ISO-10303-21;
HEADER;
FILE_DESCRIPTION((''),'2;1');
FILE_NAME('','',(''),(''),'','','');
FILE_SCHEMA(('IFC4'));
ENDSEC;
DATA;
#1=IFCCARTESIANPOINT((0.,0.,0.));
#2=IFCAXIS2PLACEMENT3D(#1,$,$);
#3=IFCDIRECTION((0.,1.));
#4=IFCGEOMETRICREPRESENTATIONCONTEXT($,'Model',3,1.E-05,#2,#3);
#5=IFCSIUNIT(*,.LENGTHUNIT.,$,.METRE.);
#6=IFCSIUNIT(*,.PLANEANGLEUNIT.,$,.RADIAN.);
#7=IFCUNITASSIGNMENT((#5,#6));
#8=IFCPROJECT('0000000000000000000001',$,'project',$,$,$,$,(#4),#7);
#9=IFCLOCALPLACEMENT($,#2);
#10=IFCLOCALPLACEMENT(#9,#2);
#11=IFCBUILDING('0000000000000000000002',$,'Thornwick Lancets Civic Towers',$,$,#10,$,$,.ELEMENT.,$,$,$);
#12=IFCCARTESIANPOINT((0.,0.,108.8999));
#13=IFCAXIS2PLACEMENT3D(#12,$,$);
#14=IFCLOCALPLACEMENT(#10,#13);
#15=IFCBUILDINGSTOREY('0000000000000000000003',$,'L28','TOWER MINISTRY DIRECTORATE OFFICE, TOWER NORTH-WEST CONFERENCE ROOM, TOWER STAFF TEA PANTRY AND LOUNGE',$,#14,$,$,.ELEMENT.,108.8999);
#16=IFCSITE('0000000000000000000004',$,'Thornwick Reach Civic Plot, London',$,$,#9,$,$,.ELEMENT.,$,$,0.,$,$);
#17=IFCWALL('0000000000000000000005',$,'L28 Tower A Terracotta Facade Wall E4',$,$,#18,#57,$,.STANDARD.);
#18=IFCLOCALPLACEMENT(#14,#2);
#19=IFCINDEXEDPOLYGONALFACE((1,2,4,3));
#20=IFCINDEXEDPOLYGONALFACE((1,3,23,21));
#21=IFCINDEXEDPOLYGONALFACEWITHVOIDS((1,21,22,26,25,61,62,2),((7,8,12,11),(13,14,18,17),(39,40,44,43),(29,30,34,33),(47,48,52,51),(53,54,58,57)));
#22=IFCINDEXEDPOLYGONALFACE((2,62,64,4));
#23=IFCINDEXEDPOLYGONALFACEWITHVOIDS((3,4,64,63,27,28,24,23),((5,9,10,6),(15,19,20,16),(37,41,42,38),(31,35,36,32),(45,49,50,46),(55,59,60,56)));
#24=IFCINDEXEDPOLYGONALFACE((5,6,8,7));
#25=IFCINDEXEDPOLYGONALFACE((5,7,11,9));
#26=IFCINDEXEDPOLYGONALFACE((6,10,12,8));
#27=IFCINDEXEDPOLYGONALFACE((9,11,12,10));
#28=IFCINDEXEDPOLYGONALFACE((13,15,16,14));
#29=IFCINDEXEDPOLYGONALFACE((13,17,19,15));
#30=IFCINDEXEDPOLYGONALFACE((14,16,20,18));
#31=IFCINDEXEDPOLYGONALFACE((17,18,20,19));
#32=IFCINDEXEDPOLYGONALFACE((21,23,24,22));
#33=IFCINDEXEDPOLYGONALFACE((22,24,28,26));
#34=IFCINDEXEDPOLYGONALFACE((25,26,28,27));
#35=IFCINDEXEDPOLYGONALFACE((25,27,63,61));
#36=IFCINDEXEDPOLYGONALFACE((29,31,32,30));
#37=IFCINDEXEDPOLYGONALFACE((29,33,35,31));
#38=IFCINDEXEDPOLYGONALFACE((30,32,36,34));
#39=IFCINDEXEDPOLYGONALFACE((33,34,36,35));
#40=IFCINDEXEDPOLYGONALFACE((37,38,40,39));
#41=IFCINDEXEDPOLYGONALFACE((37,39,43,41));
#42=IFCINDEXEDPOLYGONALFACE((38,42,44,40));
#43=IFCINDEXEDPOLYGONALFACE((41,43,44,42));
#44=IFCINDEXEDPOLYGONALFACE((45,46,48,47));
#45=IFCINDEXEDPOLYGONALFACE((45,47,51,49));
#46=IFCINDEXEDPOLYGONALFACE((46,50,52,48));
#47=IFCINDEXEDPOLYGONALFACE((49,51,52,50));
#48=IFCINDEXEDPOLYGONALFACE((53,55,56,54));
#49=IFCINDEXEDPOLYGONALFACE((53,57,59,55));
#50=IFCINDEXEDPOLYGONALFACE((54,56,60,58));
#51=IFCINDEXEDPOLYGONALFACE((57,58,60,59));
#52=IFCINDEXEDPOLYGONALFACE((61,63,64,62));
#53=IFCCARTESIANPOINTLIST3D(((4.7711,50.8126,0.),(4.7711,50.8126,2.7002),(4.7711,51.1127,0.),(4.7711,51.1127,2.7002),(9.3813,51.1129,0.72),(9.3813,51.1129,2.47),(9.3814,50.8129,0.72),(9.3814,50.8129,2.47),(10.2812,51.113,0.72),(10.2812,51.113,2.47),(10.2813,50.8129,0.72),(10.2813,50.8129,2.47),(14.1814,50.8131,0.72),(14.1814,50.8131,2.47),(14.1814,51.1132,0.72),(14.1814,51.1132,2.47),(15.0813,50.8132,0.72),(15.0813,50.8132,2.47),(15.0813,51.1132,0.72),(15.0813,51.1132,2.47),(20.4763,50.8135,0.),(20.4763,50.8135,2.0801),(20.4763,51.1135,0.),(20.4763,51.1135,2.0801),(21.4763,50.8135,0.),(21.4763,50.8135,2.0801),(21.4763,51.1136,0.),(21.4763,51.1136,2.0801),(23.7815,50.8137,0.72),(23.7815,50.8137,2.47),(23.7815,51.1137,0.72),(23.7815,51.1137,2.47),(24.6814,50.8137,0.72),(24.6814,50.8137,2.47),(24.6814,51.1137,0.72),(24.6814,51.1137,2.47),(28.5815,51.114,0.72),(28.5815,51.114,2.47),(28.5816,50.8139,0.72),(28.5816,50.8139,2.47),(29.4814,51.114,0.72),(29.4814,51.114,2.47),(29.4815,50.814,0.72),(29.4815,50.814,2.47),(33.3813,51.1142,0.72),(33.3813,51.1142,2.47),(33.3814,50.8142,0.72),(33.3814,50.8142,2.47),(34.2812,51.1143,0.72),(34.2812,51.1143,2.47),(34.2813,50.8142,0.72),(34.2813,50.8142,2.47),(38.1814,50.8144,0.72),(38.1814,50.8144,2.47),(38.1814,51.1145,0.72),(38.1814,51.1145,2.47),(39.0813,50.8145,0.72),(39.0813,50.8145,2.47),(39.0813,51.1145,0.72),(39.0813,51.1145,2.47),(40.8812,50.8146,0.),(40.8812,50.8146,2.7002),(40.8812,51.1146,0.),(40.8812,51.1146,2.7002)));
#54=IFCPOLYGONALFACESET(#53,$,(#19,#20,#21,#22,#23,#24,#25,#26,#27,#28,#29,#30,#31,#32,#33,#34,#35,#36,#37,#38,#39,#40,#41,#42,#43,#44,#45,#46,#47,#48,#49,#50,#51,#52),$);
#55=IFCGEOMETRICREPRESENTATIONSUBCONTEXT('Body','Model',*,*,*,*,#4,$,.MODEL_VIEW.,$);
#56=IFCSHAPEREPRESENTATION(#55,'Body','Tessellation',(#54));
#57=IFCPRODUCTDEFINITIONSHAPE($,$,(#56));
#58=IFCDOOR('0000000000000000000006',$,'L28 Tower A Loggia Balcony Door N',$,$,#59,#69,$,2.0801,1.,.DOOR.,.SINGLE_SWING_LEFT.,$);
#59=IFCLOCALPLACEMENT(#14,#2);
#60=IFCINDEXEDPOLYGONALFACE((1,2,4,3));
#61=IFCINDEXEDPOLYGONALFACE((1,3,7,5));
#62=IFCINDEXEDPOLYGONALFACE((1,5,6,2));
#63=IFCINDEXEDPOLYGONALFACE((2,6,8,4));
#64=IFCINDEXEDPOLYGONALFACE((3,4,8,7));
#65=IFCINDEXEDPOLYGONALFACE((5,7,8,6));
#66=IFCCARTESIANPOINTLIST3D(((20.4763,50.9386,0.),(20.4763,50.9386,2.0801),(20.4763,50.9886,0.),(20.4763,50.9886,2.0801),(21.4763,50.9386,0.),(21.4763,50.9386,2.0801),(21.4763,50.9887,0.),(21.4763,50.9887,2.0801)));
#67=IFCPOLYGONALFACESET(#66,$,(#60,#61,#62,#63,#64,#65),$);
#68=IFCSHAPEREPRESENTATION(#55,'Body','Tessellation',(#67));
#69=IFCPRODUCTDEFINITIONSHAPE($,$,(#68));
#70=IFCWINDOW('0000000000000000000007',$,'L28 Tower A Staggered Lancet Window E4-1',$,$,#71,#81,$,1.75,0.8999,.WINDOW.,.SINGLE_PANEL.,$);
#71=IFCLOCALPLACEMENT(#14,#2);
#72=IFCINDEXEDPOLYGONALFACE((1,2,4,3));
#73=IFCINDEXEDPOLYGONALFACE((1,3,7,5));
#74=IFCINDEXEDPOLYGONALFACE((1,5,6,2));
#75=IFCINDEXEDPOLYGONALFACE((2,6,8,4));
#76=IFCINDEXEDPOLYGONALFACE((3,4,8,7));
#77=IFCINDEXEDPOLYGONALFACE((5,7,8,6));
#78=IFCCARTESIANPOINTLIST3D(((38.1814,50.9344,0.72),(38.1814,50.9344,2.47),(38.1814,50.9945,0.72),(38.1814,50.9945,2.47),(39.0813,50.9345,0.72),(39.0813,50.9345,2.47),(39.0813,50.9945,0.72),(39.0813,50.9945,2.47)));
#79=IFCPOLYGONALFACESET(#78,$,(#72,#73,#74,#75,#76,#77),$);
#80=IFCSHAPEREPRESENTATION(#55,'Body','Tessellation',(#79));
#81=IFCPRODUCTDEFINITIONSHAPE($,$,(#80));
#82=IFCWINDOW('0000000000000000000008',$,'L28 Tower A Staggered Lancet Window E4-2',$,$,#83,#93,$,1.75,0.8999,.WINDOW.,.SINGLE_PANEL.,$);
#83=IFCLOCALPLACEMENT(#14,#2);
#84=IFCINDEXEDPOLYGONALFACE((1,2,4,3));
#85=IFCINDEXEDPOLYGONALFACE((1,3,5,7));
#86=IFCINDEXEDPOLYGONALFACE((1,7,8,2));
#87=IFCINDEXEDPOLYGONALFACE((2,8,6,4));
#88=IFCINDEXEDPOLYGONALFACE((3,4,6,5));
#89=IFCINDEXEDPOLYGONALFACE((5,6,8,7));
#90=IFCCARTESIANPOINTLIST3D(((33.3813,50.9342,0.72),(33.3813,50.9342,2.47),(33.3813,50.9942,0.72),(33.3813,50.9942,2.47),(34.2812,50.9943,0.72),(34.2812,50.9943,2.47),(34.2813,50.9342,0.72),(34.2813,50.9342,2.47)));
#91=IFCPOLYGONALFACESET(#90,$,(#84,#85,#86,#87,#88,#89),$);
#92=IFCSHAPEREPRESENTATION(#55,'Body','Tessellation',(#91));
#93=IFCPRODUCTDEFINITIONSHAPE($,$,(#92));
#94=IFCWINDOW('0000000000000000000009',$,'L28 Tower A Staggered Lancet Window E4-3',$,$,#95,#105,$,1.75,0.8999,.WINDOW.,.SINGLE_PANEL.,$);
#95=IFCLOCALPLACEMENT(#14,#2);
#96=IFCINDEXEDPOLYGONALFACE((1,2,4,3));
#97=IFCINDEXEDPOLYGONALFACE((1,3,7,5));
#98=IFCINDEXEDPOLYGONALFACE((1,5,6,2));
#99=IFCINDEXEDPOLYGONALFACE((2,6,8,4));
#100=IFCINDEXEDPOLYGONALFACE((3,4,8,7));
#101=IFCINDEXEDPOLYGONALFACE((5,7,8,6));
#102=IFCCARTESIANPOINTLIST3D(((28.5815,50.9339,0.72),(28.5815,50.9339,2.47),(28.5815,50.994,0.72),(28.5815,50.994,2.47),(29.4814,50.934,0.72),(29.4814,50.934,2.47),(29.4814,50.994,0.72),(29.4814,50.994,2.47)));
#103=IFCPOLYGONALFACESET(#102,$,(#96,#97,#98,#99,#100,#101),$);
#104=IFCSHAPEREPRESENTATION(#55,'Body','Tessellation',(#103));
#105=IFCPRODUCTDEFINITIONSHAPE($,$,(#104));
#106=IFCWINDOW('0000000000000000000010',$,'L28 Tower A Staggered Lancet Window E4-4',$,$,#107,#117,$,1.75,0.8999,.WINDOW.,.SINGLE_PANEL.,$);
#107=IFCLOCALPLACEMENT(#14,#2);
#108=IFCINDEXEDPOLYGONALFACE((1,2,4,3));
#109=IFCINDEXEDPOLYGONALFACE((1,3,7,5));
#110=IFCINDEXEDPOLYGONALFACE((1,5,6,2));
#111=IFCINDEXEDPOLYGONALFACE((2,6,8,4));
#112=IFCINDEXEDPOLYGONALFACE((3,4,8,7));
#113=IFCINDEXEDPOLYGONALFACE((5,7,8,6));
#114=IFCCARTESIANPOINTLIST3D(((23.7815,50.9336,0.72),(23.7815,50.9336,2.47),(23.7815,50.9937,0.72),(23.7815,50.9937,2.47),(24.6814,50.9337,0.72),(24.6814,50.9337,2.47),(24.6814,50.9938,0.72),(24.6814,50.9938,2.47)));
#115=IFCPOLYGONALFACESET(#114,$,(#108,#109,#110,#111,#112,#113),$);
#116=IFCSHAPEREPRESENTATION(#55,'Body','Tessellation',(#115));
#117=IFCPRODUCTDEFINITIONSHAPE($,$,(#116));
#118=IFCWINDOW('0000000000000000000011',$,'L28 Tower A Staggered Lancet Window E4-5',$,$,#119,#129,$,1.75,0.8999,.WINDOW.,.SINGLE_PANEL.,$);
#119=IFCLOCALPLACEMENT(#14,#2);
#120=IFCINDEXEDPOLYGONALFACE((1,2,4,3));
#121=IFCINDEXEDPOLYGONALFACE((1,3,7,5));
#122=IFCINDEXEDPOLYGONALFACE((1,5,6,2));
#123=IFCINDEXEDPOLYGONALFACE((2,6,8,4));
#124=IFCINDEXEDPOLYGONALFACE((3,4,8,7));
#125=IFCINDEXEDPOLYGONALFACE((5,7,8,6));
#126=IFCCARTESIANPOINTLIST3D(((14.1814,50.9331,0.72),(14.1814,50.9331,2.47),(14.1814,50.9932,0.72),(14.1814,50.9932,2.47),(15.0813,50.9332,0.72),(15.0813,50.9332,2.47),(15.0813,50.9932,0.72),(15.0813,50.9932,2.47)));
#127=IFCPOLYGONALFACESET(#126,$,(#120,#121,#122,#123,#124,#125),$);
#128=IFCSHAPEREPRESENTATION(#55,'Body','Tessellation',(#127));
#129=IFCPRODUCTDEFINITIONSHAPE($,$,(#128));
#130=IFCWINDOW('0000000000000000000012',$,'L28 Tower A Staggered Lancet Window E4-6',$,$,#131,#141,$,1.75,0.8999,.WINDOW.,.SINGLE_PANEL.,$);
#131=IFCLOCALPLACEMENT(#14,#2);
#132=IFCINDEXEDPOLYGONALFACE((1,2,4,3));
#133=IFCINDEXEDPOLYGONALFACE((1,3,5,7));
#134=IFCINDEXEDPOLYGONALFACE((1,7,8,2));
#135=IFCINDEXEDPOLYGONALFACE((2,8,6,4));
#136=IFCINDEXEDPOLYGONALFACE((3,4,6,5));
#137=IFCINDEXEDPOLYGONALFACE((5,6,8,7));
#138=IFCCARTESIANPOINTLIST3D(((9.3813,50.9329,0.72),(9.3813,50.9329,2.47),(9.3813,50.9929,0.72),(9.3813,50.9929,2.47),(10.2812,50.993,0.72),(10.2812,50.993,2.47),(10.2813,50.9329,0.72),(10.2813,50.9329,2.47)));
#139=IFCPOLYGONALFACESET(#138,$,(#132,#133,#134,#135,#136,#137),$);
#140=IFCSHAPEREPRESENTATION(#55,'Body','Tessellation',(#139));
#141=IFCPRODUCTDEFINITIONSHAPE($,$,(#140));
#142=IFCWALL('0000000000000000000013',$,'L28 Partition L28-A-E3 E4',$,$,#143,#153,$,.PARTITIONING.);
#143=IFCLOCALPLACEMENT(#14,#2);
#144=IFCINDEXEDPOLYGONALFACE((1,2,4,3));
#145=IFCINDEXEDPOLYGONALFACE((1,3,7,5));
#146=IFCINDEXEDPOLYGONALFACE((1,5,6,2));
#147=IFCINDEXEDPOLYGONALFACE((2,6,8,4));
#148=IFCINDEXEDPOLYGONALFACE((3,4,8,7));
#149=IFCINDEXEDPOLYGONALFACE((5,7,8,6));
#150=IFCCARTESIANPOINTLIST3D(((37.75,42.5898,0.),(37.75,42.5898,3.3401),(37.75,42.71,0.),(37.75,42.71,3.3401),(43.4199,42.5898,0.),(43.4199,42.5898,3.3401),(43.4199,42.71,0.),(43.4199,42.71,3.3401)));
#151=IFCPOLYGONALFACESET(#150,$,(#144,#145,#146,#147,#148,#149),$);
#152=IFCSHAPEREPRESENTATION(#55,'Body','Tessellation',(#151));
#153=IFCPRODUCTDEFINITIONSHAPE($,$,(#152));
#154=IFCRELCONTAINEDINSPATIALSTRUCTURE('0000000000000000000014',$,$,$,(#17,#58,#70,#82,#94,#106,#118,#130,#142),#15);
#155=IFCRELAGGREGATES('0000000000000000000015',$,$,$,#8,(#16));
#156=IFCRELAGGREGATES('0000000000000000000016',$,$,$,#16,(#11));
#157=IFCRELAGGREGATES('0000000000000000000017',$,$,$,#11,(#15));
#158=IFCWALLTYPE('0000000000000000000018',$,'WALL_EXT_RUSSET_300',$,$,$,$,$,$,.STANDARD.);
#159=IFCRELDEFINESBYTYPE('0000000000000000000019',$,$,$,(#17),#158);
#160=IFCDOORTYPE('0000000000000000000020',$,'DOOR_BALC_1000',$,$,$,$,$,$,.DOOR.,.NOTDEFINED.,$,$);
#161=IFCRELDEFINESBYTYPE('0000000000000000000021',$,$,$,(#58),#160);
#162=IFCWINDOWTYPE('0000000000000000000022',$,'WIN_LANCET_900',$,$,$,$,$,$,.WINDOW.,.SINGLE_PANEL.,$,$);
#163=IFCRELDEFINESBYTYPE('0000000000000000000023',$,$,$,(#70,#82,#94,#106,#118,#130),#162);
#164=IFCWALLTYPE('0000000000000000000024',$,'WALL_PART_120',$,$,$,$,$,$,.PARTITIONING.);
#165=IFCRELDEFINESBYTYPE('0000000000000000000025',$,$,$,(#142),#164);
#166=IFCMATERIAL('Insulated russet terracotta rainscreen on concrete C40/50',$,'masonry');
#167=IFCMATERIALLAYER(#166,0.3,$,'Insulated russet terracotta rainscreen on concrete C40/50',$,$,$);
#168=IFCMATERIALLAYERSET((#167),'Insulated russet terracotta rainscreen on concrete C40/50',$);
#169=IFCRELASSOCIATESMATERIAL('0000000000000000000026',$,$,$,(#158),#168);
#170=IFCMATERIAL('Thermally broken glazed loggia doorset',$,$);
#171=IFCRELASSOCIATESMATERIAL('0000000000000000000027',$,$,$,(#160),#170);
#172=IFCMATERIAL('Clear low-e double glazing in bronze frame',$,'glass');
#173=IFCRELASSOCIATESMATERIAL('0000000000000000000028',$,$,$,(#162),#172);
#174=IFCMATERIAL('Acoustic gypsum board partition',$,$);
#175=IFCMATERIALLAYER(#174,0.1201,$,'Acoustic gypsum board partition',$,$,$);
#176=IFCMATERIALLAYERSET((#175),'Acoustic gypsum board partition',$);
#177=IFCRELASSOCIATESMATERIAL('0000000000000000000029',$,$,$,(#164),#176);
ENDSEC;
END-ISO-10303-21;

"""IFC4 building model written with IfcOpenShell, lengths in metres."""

from ifc_helpers import new_model, si_unit, direction, frame, frame_2d, origin, place, context, subcontext, project, spatial, rectangle, extrude, material, layer, layer_set, type_object, element, fill, save


model = new_model("IFC4")

# Units and contexts
model_context = context("Model", 3, precision=1e-05, world=origin(), true_north=direction((0.0, 1.0)))
body_context = subcontext(model_context, "Body", "Model", "MODEL_VIEW")
ifc_project = project(units=[si_unit("LENGTHUNIT", "METRE"), si_unit("PLANEANGLEUNIT", "RADIAN")], contexts=[model_context])

# Site, building, storey
site_placement = place(None, origin())
site = spatial("IfcSite", under=ifc_project, at=site_placement, Name="Thornwick Reach Civic Plot, London", CompositionType="ELEMENT", RefElevation=0.0)
building_placement = place(site_placement, origin())
building = spatial("IfcBuilding", under=site, at=building_placement, Name="Thornwick Lancets Civic Towers", CompositionType="ELEMENT")
storey_placement = place(building_placement, frame((0.0, 0.0, 108.8999)))
storey = spatial("IfcBuildingStorey", under=building, at=storey_placement, Name="L28", Description="TOWER MINISTRY DIRECTORATE OFFICE, TOWER NORTH-WEST CONFERENCE ROOM, TOWER STAFF TEA PANTRY AND LOUNGE", CompositionType="ELEMENT", Elevation=108.8999)

# Wall, openings, door, windows
ifc_material_1 = material(Name="Insulated russet terracotta rainscreen on concrete C40/50", Category="masonry")
ifc_layer_1 = layer(ifc_material_1, 0.3, Name="Insulated russet terracotta rainscreen on concrete C40/50")
ifc_layer_set_1 = layer_set([ifc_layer_1], Name="Insulated russet terracotta rainscreen on concrete C40/50")
wall_type_1 = type_object("IfcWallType", Name="WALL_EXT_RUSSET_300", PredefinedType="STANDARD", material=ifc_layer_set_1)
wall_1_placement = place(storey_placement, frame((40.8813, 50.9646, 0.0), z_axis=(0.0, 0.0, 1.0), x_axis=(-1.0, -0.000054, 0.0)))
wall_1 = element("IfcWall", 1, at=wall_1_placement, inside=storey, type_object=wall_type_1, Name="L28 Tower A Terracotta Facade Wall E4", PredefinedType="STANDARD", context=body_context, shape_type="SweptSolid", body=[
    extrude(rectangle(XDim=36.1101, YDim=0.3, at=frame_2d((18.0552, 0.0))), origin(), (0.0, 0.0, 1.0), 2.7002),
])
opening_1_placement = place(wall_1_placement, frame((19.405, 0.0, 0.0)))
opening_1 = element("IfcOpeningElement", 2, at=opening_1_placement, cuts=wall_1, PredefinedType="OPENING", context=body_context, shape_type="SweptSolid", body=[
    extrude(rectangle(XDim=1.0, YDim=2.0801, at=frame_2d((0.5, 1.04))), frame((0.0, 0.1602, 0.0), z_axis=(0.0, -1.0, 0.0), x_axis=(1.0, 0.0, 0.0)), (0.0, 0.0, 1.0), 0.3201),
])
opening_2_placement = place(wall_1_placement, frame((1.8, 0.0, 0.72)))
opening_2 = element("IfcOpeningElement", 3, at=opening_2_placement, cuts=wall_1, PredefinedType="OPENING", context=body_context, shape_type="SweptSolid", body=[
    extrude(rectangle(XDim=0.8999, YDim=1.75, at=frame_2d((0.45, 0.875))), frame((0.0, 0.1602, 0.0), z_axis=(0.0, -1.0, 0.0), x_axis=(1.0, 0.0, 0.0)), (0.0, 0.0, 1.0), 0.3201),
])
opening_3_placement = place(wall_1_placement, frame((6.6001, 0.0, 0.72)))
opening_3 = element("IfcOpeningElement", 4, at=opening_3_placement, cuts=wall_1, PredefinedType="OPENING", context=body_context, shape_type="SweptSolid", body=[
    extrude(rectangle(XDim=0.8999, YDim=1.75, at=frame_2d((0.45, 0.875))), frame((0.0, 0.1602, 0.0), z_axis=(0.0, -1.0, 0.0), x_axis=(1.0, 0.0, 0.0)), (0.0, 0.0, 1.0), 0.3201),
])
opening_4_placement = place(wall_1_placement, frame((11.3999, 0.0, 0.72)))
opening_4 = element("IfcOpeningElement", 5, at=opening_4_placement, cuts=wall_1, PredefinedType="OPENING", context=body_context, shape_type="SweptSolid", body=[
    extrude(rectangle(XDim=0.8999, YDim=1.75, at=frame_2d((0.45, 0.875))), frame((0.0, 0.1602, 0.0), z_axis=(0.0, -1.0, 0.0), x_axis=(1.0, 0.0, 0.0)), (0.0, 0.0, 1.0), 0.3201),
])
opening_5_placement = place(wall_1_placement, frame((16.2, 0.0, 0.72)))
opening_5 = element("IfcOpeningElement", 6, at=opening_5_placement, cuts=wall_1, PredefinedType="OPENING", context=body_context, shape_type="SweptSolid", body=[
    extrude(rectangle(XDim=0.8999, YDim=1.75, at=frame_2d((0.45, 0.875))), frame((0.0, 0.1602, 0.0), z_axis=(0.0, -1.0, 0.0), x_axis=(1.0, 0.0, 0.0)), (0.0, 0.0, 1.0), 0.3201),
])
opening_6_placement = place(wall_1_placement, frame((25.8, 0.0, 0.72)))
opening_6 = element("IfcOpeningElement", 7, at=opening_6_placement, cuts=wall_1, PredefinedType="OPENING", context=body_context, shape_type="SweptSolid", body=[
    extrude(rectangle(XDim=0.8999, YDim=1.75, at=frame_2d((0.45, 0.875))), frame((0.0, 0.1602, 0.0), z_axis=(0.0, -1.0, 0.0), x_axis=(1.0, 0.0, 0.0)), (0.0, 0.0, 1.0), 0.3201),
])
opening_7_placement = place(wall_1_placement, frame((30.6001, 0.0, 0.72)))
opening_7 = element("IfcOpeningElement", 8, at=opening_7_placement, cuts=wall_1, PredefinedType="OPENING", context=body_context, shape_type="SweptSolid", body=[
    extrude(rectangle(XDim=0.8999, YDim=1.75, at=frame_2d((0.45, 0.875))), frame((0.0, 0.1602, 0.0), z_axis=(0.0, -1.0, 0.0), x_axis=(1.0, 0.0, 0.0)), (0.0, 0.0, 1.0), 0.3201),
])
ifc_material_2 = material(Name="Thermally broken glazed loggia doorset")
door_type_1 = type_object("IfcDoorType", Name="DOOR_BALC_1000", OperationType="NOTDEFINED", PredefinedType="DOOR", material=ifc_material_2)
door_1_placement = place(opening_1_placement, origin())
door_1 = element("IfcDoor", 9, at=door_1_placement, inside=storey, type_object=door_type_1, Name="L28 Tower A Loggia Balcony Door N", OperationType="SINGLE_SWING_LEFT", OverallHeight=2.0801, OverallWidth=1.0, PredefinedType="DOOR", context=body_context, shape_type="SweptSolid", body=[
    extrude(rectangle(XDim=1.0, YDim=2.0801, at=frame_2d((0.5, 1.04))), frame((0.0, 0.0249, 0.0), z_axis=(0.0, -1.0, 0.0), x_axis=(1.0, 0.0, 0.0)), (0.0, 0.0, 1.0), 0.05),
])
fill(opening_1, door_1)
ifc_material_3 = material(Name="Clear low-e double glazing in bronze frame", Category="glass")
window_type = type_object("IfcWindowType", Name="WIN_LANCET_900", PartitioningType="SINGLE_PANEL", PredefinedType="WINDOW", material=ifc_material_3)
window_1_placement = place(opening_2_placement, origin())
window_1 = element("IfcWindow", 10, at=window_1_placement, inside=storey, type_object=window_type, Name="L28 Tower A Staggered Lancet Window E4-1", OverallHeight=1.75, OverallWidth=0.8999, PartitioningType="SINGLE_PANEL", PredefinedType="WINDOW", context=body_context, shape_type="SweptSolid", body=[
    extrude(rectangle(XDim=0.8999, YDim=1.75, at=frame_2d((0.45, 0.875))), frame((0.0, 0.03, 0.0), z_axis=(0.0, -1.0, 0.0), x_axis=(1.0, 0.0, 0.0)), (0.0, 0.0, 1.0), 0.0601),
])
fill(opening_2, window_1)
window_2_placement = place(opening_3_placement, origin())
window_2 = element("IfcWindow", 11, at=window_2_placement, inside=storey, type_object=window_type, Name="L28 Tower A Staggered Lancet Window E4-2", OverallHeight=1.75, OverallWidth=0.8999, PartitioningType="SINGLE_PANEL", PredefinedType="WINDOW", context=body_context, shape_type="SweptSolid", body=[
    extrude(rectangle(XDim=0.8999, YDim=1.75, at=frame_2d((0.45, 0.875))), frame((0.0, 0.03, 0.0), z_axis=(0.0, -1.0, 0.0), x_axis=(1.0, 0.0, 0.0)), (0.0, 0.0, 1.0), 0.0601),
])
fill(opening_3, window_2)
window_3_placement = place(opening_4_placement, origin())
window_3 = element("IfcWindow", 12, at=window_3_placement, inside=storey, type_object=window_type, Name="L28 Tower A Staggered Lancet Window E4-3", OverallHeight=1.75, OverallWidth=0.8999, PartitioningType="SINGLE_PANEL", PredefinedType="WINDOW", context=body_context, shape_type="SweptSolid", body=[
    extrude(rectangle(XDim=0.8999, YDim=1.75, at=frame_2d((0.45, 0.875))), frame((0.0, 0.03, 0.0), z_axis=(0.0, -1.0, 0.0), x_axis=(1.0, 0.0, 0.0)), (0.0, 0.0, 1.0), 0.0601),
])
fill(opening_4, window_3)
window_4_placement = place(opening_5_placement, origin())
window_4 = element("IfcWindow", 13, at=window_4_placement, inside=storey, type_object=window_type, Name="L28 Tower A Staggered Lancet Window E4-4", OverallHeight=1.75, OverallWidth=0.8999, PartitioningType="SINGLE_PANEL", PredefinedType="WINDOW", context=body_context, shape_type="SweptSolid", body=[
    extrude(rectangle(XDim=0.8999, YDim=1.75, at=frame_2d((0.45, 0.875))), frame((0.0, 0.03, 0.0), z_axis=(0.0, -1.0, 0.0), x_axis=(1.0, 0.0, 0.0)), (0.0, 0.0, 1.0), 0.0601),
])
fill(opening_5, window_4)
window_5_placement = place(opening_6_placement, origin())
window_5 = element("IfcWindow", 14, at=window_5_placement, inside=storey, type_object=window_type, Name="L28 Tower A Staggered Lancet Window E4-5", OverallHeight=1.75, OverallWidth=0.8999, PartitioningType="SINGLE_PANEL", PredefinedType="WINDOW", context=body_context, shape_type="SweptSolid", body=[
    extrude(rectangle(XDim=0.8999, YDim=1.75, at=frame_2d((0.45, 0.875))), frame((0.0, 0.03, 0.0), z_axis=(0.0, -1.0, 0.0), x_axis=(1.0, 0.0, 0.0)), (0.0, 0.0, 1.0), 0.0601),
])
fill(opening_6, window_5)
window_6_placement = place(opening_7_placement, origin())
window_6 = element("IfcWindow", 15, at=window_6_placement, inside=storey, type_object=window_type, Name="L28 Tower A Staggered Lancet Window E4-6", OverallHeight=1.75, OverallWidth=0.8999, PartitioningType="SINGLE_PANEL", PredefinedType="WINDOW", context=body_context, shape_type="SweptSolid", body=[
    extrude(rectangle(XDim=0.8999, YDim=1.75, at=frame_2d((0.45, 0.875))), frame((0.0, 0.03, 0.0), z_axis=(0.0, -1.0, 0.0), x_axis=(1.0, 0.0, 0.0)), (0.0, 0.0, 1.0), 0.0601),
])
fill(opening_7, window_6)

# Wall
ifc_material_4 = material(Name="Acoustic gypsum board partition")
ifc_layer_2 = layer(ifc_material_4, 0.1201, Name="Acoustic gypsum board partition")
ifc_layer_set_2 = layer_set([ifc_layer_2], Name="Acoustic gypsum board partition")
wall_type_2 = type_object("IfcWallType", Name="WALL_PART_120", PredefinedType="PARTITIONING", material=ifc_layer_set_2)
wall_2_placement = place(storey_placement, frame((37.75, 42.6499, 0.0), z_axis=(0.0, 0.0, 1.0), x_axis=(1.0, 0.0, 0.0)))
element("IfcWall", 16, at=wall_2_placement, inside=storey, type_object=wall_type_2, Name="L28 Partition L28-A-E3 E4", PredefinedType="PARTITIONING", context=body_context, shape_type="SweptSolid", body=[
    extrude(rectangle(XDim=5.6699, YDim=0.1201, at=frame_2d((2.835, 0.0))), origin(), (0.0, 0.0, 1.0), 3.3401),
])

save(model, "model.ifc")
